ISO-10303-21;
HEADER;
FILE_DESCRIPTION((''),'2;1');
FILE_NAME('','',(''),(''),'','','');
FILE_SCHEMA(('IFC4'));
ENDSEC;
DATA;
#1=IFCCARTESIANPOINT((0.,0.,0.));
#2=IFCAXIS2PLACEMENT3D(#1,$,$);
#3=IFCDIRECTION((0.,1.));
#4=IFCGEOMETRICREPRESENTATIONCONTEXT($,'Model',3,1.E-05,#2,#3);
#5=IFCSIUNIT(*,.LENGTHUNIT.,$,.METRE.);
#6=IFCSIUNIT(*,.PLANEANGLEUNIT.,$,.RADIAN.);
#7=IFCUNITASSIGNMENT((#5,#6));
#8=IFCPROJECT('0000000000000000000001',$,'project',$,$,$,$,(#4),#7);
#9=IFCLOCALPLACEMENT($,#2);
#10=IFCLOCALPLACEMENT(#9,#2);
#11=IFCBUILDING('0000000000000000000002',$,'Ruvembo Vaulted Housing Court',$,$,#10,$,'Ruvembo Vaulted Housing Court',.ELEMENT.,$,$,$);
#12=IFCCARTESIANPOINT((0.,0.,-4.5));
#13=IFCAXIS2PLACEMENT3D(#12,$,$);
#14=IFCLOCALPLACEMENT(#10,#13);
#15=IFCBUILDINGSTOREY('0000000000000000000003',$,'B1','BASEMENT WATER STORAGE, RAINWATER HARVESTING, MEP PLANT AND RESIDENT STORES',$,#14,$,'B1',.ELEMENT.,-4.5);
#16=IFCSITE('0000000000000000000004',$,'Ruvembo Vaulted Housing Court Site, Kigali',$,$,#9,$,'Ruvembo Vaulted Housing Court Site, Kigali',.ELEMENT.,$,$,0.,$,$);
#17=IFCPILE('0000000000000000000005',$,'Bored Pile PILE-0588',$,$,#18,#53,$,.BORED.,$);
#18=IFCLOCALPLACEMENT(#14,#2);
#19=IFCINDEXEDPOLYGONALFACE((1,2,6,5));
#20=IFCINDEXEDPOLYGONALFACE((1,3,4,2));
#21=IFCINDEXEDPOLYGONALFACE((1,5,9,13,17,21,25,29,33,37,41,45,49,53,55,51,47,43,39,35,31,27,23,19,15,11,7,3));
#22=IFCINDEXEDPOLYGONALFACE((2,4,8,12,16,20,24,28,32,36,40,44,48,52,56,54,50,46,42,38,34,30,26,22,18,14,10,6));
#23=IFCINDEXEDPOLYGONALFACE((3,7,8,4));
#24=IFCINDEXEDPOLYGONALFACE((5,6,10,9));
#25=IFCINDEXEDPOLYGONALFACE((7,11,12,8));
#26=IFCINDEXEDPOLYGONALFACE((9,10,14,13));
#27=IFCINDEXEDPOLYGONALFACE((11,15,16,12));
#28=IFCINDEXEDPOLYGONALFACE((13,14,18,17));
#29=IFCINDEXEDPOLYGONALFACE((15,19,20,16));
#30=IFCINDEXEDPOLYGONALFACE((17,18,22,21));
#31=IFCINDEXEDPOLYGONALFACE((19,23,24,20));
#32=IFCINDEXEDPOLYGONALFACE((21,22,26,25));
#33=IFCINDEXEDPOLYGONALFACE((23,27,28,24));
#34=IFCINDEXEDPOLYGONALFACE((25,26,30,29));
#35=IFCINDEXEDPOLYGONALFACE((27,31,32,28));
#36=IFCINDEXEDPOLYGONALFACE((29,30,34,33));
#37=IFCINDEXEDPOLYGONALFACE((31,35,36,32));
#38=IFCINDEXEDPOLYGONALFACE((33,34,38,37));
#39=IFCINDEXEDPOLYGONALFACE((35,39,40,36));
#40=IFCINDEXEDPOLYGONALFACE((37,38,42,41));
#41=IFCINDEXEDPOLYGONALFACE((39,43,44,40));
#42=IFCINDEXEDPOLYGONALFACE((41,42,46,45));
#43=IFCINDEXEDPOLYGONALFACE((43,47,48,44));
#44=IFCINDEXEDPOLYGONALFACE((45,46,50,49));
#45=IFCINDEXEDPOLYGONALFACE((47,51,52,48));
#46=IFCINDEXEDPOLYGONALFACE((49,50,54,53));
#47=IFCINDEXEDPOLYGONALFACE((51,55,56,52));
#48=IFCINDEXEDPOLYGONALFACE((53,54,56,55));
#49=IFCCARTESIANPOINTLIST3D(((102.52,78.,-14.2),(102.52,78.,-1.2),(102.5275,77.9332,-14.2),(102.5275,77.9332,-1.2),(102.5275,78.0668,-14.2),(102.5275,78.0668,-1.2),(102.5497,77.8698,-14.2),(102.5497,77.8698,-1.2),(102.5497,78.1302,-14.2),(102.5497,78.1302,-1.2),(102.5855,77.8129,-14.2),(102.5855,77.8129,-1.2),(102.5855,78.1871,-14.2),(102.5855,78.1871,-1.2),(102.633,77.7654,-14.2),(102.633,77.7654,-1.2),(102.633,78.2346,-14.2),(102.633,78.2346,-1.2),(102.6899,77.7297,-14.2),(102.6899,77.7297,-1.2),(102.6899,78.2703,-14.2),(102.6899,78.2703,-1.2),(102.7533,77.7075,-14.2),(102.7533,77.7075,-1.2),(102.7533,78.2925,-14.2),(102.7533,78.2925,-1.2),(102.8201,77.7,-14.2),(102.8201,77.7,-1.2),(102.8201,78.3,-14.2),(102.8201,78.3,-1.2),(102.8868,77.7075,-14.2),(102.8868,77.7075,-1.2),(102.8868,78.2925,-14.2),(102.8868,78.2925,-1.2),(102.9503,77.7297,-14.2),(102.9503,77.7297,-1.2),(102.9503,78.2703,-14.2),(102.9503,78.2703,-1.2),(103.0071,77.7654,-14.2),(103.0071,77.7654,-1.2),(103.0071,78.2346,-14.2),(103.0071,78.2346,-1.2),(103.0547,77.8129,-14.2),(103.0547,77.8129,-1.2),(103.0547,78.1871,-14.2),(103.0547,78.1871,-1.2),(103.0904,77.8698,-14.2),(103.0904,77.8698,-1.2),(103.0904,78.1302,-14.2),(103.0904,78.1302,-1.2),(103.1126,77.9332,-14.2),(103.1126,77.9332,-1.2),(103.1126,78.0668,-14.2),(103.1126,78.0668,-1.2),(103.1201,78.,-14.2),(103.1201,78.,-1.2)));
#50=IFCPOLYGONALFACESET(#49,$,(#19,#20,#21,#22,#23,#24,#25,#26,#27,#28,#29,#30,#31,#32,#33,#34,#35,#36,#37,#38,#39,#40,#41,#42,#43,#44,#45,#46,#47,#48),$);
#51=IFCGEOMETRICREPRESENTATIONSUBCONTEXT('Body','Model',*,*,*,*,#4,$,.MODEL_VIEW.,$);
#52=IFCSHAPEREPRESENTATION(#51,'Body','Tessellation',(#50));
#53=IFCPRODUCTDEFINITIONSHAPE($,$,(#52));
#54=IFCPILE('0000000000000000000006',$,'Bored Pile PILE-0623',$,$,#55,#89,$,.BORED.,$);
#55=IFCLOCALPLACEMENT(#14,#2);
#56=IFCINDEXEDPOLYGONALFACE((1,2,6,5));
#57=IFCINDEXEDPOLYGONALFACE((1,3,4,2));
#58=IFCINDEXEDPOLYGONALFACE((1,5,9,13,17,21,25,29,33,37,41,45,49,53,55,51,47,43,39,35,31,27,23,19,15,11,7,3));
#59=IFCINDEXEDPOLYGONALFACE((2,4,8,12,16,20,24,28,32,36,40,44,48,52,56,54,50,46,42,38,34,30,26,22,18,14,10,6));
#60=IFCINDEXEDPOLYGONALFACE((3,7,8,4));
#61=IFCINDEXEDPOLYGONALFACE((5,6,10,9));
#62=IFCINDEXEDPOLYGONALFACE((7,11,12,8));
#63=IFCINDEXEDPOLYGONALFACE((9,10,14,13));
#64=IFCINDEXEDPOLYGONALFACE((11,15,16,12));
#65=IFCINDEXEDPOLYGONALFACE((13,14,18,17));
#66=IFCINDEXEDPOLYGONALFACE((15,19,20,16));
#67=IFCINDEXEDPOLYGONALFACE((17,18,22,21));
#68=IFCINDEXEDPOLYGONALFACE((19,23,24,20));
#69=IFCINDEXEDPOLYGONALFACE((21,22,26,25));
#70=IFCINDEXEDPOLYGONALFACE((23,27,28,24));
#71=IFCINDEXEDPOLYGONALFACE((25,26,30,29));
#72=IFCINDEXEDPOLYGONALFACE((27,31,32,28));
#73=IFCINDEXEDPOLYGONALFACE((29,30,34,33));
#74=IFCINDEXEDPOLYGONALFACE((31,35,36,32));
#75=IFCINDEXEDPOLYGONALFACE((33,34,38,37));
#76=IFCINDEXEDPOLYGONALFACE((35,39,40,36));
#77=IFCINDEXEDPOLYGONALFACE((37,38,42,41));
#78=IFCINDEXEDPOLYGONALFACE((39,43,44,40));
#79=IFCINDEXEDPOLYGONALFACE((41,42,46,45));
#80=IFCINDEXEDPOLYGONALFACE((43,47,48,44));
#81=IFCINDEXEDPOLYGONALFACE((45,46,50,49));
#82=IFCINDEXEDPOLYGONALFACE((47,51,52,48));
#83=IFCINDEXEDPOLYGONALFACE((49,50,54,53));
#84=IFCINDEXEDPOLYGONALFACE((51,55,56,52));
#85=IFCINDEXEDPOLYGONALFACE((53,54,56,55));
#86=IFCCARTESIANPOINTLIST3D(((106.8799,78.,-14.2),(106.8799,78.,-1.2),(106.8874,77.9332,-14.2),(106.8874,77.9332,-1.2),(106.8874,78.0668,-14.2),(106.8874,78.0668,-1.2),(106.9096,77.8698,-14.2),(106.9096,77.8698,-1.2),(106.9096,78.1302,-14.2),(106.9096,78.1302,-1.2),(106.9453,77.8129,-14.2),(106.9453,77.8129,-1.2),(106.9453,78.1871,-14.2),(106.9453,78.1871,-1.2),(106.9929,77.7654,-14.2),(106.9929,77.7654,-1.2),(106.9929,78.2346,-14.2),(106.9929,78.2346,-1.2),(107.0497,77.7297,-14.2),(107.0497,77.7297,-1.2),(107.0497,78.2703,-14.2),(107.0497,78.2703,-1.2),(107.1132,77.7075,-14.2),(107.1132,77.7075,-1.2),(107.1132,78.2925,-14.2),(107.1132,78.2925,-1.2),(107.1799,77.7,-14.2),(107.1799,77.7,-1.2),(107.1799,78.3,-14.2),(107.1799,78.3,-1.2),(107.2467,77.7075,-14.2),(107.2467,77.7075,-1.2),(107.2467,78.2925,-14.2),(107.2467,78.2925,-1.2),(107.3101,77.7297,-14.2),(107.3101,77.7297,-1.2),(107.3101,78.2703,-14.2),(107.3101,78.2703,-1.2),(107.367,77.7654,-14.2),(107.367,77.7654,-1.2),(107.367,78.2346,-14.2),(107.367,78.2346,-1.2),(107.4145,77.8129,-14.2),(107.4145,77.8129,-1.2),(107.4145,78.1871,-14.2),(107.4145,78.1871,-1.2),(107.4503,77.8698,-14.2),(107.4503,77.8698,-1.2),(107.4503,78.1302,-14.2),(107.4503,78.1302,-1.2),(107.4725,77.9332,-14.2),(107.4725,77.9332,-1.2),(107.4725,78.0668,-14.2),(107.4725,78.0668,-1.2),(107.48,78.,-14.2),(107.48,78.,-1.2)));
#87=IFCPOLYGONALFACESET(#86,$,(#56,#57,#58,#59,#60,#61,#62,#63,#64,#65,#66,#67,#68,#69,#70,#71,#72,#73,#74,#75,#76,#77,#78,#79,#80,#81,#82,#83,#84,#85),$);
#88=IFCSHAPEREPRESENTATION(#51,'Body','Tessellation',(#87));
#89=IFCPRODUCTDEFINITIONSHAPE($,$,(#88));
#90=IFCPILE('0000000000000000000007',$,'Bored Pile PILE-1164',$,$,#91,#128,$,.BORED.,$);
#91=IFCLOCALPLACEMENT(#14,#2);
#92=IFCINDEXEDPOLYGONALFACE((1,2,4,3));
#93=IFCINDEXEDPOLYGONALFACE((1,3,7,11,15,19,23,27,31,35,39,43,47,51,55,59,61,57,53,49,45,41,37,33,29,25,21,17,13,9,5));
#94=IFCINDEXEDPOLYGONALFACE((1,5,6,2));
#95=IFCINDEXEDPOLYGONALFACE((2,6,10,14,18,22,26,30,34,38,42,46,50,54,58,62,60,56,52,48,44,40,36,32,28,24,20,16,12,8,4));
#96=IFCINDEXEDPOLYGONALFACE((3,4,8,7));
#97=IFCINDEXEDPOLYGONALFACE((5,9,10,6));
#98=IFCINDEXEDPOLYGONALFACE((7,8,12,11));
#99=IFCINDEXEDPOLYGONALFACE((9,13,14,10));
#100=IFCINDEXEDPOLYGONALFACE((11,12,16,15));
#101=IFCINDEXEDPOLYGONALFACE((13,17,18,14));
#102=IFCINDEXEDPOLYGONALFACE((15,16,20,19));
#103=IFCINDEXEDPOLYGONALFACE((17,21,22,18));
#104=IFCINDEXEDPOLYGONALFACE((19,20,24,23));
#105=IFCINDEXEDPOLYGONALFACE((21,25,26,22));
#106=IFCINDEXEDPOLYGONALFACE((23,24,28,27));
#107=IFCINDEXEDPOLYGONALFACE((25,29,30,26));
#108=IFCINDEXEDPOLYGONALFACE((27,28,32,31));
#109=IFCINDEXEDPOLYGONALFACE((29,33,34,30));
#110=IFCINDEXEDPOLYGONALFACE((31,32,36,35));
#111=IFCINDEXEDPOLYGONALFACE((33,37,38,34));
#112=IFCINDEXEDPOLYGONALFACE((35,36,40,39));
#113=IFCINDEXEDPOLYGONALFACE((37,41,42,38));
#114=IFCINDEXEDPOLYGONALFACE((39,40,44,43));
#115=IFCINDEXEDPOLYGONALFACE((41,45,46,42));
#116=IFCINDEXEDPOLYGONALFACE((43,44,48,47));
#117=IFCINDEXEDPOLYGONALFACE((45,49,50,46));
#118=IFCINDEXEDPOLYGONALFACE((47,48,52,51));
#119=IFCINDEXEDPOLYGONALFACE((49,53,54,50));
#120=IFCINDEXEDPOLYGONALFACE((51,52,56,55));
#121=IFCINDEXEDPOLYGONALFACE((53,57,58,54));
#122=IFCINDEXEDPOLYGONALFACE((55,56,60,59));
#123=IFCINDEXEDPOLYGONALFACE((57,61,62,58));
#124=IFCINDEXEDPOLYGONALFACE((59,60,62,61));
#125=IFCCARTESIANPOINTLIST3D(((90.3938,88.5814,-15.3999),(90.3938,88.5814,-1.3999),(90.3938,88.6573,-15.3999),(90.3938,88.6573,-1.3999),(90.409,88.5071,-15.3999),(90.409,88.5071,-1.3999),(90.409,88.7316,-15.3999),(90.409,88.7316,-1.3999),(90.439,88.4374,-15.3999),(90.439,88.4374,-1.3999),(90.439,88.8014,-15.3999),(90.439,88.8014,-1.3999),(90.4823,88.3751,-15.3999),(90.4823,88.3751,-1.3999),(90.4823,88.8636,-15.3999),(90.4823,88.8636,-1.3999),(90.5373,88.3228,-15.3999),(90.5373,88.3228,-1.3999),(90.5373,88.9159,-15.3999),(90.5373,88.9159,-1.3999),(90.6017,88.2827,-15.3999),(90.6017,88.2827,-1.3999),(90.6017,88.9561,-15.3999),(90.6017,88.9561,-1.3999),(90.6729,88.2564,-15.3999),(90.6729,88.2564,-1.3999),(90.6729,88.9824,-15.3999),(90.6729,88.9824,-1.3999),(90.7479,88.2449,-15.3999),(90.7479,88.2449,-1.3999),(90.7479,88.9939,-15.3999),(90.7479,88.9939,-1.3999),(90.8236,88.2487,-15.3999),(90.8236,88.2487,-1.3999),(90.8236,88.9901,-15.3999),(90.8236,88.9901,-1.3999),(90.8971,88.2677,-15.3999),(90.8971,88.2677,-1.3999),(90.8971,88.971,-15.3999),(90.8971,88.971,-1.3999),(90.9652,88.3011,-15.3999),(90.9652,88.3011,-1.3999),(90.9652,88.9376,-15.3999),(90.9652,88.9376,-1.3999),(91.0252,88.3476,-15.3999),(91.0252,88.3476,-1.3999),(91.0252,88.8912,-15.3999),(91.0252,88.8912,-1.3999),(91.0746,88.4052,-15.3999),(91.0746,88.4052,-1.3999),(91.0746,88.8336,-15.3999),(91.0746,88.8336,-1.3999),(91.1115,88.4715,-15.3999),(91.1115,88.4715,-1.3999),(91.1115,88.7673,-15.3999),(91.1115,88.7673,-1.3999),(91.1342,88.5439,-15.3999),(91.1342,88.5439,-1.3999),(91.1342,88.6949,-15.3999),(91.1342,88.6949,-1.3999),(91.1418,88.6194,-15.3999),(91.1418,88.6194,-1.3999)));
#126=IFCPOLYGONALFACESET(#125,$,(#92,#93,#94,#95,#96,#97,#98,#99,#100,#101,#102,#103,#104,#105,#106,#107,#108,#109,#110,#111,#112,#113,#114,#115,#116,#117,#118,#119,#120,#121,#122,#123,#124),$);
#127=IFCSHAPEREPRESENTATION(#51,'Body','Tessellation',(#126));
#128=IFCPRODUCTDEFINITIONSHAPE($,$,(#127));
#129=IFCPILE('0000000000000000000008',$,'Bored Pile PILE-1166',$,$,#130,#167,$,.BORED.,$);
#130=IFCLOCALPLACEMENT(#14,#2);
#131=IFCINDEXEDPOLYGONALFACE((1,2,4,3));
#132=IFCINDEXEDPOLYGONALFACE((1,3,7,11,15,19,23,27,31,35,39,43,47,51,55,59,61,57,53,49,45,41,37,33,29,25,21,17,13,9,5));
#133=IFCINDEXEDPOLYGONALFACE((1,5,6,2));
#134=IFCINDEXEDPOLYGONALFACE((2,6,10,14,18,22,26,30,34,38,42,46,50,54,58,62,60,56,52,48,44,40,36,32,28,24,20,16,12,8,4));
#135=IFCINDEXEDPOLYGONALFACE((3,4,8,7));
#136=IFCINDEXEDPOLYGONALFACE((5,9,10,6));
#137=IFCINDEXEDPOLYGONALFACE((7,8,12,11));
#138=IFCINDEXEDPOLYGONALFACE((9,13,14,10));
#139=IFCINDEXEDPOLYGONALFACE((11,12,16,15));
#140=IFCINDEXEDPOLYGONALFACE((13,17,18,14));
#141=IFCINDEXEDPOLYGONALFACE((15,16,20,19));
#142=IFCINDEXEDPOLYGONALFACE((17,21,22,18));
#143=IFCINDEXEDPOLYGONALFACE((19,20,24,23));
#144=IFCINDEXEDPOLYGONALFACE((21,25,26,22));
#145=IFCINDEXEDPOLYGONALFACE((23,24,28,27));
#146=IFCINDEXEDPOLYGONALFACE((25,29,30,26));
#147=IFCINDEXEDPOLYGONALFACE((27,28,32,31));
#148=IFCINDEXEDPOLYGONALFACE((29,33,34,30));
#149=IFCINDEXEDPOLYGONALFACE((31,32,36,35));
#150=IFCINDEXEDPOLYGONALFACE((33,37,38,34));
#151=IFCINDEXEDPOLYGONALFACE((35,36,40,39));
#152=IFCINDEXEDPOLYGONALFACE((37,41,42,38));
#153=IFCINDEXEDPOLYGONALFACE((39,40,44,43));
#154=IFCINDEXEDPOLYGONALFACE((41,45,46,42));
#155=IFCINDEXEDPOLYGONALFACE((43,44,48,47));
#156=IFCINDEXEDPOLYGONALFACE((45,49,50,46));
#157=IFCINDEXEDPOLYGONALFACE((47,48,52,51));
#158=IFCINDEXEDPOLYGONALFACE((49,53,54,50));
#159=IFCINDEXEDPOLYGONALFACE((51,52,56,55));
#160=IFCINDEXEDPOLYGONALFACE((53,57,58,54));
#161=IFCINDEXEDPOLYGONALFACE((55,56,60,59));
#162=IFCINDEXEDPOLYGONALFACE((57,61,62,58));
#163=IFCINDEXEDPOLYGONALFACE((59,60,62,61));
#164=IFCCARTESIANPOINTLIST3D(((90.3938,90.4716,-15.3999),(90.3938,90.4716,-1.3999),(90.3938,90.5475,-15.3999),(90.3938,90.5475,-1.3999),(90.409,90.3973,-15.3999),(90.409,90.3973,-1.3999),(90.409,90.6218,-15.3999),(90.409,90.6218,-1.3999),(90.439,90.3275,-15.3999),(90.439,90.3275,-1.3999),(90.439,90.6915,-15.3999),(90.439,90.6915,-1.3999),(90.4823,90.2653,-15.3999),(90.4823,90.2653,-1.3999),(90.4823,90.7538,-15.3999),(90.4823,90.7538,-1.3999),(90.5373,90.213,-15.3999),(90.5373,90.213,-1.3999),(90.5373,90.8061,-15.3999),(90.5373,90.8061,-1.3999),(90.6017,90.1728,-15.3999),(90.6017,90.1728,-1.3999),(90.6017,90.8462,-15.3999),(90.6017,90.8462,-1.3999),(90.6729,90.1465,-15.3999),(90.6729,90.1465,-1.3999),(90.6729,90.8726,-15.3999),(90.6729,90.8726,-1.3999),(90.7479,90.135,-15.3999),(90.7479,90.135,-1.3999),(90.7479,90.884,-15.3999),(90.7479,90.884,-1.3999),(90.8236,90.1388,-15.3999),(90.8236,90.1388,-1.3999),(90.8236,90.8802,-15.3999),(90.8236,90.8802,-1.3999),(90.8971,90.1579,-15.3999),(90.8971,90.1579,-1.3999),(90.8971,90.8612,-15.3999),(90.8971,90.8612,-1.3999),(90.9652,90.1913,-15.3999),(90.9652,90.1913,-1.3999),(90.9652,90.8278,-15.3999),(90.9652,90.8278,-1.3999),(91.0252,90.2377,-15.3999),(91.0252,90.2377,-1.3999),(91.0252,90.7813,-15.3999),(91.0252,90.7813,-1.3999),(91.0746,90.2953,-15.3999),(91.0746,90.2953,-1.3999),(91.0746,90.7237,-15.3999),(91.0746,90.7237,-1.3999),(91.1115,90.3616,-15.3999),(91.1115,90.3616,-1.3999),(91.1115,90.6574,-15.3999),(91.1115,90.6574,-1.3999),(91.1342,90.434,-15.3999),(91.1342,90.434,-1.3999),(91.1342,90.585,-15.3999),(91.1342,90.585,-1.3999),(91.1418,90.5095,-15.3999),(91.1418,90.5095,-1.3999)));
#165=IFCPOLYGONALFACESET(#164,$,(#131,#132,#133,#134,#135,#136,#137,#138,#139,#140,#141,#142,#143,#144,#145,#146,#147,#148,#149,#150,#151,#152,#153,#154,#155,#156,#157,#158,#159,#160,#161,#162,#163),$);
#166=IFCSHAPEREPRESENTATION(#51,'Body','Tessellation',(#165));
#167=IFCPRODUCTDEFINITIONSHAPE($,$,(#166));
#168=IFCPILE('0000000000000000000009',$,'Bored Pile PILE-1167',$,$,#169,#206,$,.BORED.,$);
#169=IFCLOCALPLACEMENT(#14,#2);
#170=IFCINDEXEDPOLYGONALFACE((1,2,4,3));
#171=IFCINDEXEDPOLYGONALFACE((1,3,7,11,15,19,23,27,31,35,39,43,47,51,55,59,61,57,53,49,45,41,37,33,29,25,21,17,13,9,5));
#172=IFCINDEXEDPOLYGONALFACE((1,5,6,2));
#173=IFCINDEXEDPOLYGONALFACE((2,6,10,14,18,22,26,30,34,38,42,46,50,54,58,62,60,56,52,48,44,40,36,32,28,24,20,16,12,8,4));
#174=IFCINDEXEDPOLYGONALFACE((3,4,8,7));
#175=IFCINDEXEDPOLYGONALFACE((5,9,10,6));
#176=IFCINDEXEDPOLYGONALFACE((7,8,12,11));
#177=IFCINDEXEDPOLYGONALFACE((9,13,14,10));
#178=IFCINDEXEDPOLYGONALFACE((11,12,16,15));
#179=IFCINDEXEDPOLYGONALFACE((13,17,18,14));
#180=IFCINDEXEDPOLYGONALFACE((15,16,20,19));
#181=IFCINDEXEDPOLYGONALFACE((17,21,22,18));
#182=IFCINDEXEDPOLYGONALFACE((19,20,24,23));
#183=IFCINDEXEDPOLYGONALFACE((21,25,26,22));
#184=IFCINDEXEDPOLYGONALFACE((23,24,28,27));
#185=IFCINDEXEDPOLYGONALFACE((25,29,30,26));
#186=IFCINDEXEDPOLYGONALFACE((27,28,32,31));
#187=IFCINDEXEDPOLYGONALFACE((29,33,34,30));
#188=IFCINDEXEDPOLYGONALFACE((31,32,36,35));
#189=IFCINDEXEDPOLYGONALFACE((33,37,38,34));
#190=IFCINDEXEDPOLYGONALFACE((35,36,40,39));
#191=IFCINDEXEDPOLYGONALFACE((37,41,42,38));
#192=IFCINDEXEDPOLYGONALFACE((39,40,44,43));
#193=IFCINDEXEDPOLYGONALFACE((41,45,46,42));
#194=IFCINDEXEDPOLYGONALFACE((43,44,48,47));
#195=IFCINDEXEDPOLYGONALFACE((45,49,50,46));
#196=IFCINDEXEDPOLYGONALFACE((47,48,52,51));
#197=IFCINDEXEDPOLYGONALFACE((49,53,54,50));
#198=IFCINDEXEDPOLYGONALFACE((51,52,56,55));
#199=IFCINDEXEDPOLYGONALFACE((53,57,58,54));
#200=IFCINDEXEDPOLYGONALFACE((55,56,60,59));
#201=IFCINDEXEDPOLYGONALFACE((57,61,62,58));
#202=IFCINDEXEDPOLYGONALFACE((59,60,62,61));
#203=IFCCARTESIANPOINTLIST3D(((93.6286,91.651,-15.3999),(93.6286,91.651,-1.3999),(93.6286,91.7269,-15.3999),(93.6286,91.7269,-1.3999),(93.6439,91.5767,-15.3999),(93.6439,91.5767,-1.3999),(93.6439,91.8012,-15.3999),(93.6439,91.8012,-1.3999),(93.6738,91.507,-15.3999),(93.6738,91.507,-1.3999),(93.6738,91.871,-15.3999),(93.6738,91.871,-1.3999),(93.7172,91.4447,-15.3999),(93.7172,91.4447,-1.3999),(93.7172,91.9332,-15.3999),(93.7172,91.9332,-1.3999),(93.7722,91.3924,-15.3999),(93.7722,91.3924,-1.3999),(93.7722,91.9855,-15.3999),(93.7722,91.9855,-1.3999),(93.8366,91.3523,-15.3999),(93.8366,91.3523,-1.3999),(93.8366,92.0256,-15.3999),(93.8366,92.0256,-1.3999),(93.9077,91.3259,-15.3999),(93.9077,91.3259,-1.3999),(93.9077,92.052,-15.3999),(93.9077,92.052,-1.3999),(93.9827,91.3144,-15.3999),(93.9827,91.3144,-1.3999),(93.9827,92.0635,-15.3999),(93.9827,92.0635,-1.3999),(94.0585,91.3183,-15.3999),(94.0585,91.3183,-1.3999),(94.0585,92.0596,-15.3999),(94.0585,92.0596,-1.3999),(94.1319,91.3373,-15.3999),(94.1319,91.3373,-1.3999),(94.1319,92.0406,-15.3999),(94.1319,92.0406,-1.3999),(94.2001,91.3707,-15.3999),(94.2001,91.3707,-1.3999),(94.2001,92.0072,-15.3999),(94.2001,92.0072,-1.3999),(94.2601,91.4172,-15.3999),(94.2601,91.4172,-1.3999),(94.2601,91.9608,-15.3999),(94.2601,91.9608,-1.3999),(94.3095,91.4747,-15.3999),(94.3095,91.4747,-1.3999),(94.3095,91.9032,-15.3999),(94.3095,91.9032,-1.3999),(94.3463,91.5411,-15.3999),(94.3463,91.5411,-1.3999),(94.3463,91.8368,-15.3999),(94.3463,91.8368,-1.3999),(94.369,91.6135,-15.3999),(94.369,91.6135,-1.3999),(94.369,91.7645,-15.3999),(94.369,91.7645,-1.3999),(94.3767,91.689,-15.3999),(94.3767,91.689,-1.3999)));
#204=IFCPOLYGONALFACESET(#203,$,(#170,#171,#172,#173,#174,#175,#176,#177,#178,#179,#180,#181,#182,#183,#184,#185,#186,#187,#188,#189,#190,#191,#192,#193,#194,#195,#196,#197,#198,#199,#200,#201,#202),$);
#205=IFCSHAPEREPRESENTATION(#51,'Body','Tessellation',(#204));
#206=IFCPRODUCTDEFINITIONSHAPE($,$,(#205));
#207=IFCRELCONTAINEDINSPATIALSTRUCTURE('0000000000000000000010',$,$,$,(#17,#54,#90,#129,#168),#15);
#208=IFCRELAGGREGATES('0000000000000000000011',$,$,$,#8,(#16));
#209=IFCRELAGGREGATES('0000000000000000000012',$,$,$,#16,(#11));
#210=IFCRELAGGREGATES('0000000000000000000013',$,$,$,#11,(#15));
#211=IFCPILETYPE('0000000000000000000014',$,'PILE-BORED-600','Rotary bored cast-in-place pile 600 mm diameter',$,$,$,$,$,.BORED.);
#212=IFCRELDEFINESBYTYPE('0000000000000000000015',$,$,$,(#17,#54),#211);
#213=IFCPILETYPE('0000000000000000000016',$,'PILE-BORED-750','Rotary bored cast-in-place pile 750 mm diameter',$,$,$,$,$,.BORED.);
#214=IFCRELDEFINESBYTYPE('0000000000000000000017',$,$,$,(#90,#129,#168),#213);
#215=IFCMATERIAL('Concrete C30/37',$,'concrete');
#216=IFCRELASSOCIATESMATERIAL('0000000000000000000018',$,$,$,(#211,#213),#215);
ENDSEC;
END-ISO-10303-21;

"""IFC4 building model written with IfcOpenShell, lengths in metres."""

from ifc_helpers import new_model, si_unit, direction, frame, origin, origin_2d, place, context, subcontext, project, spatial, circle, extrude, material, material_profile, profile_set, type_object, element, save


model = new_model("IFC4")

# Units and contexts
model_context = context("Model", 3, precision=1e-05, world=origin(), true_north=direction((0.0, 1.0)))
body_context = subcontext(model_context, "Body", "Model", "MODEL_VIEW")
ifc_project = project(units=[si_unit("LENGTHUNIT", "METRE"), si_unit("PLANEANGLEUNIT", "RADIAN")], contexts=[model_context])

# Site, building, storey
site_placement = place(None, origin())
site = spatial("IfcSite", under=ifc_project, at=site_placement, Name="Ruvembo Vaulted Housing Court Site, Kigali", LongName="Ruvembo Vaulted Housing Court Site, Kigali", CompositionType="ELEMENT", RefElevation=0.0)
building_placement = place(site_placement, origin())
building = spatial("IfcBuilding", under=site, at=building_placement, Name="Ruvembo Vaulted Housing Court", LongName="Ruvembo Vaulted Housing Court", CompositionType="ELEMENT")
storey_placement = place(building_placement, frame((0.0, 0.0, -4.5)))
storey = spatial("IfcBuildingStorey", under=building, at=storey_placement, Name="B1", Description="BASEMENT WATER STORAGE, RAINWATER HARVESTING, MEP PLANT AND RESIDENT STORES", LongName="B1", CompositionType="ELEMENT", Elevation=-4.5)

# Piles
ifc_material_1 = material(Name="Concrete C30/37", Category="concrete")
ifc_material_profile_1 = material_profile(ifc_material_1, circle(Radius=0.3, at=origin_2d()), Name="PILE D600")
ifc_profile_set_1 = profile_set([ifc_material_profile_1], Name="Concrete C30/37")
pile_type_1 = type_object("IfcPileType", Name="PILE-BORED-600", Description="Rotary bored cast-in-place pile 600 mm diameter", PredefinedType="BORED", material=ifc_profile_set_1)
for number, where, z_axis, x_axis, name in (
    (1, (102.8201, 78.0, -1.2), (0.0, 0.0, -1.0), (1.0, 0.0, 0.0), "Bored Pile PILE-0588"),
    (2, (107.1799, 78.0, -1.2), (0.0, 0.0, -1.0), (1.0, 0.0, 0.0), "Bored Pile PILE-0623"),
):
    element("IfcPile", number, at=place(storey_placement, frame(where, z_axis=z_axis, x_axis=x_axis)), inside=storey, type_object=pile_type_1, Name=name, PredefinedType="BORED", context=body_context, shape_type="SweptSolid", body=[
        extrude(circle(Radius=0.3, at=origin_2d()), origin(), (0.0, 0.0, 1.0), 13.0),
    ])
ifc_material_profile_2 = material_profile(ifc_material_1, circle(Radius=0.375, at=origin_2d()), Name="PILE D750")
ifc_profile_set_2 = profile_set([ifc_material_profile_2], Name="Concrete C30/37")
pile_type_2 = type_object("IfcPileType", Name="PILE-BORED-750", Description="Rotary bored cast-in-place pile 750 mm diameter", PredefinedType="BORED", material=ifc_profile_set_2)
for number, where, z_axis, x_axis, name in (
    (3, (90.7668, 88.6194, -1.3999), (0.0, 0.0, -1.0), (1.0, 0.0, 0.0), "Bored Pile PILE-1164"),
    (4, (90.7668, 90.5095, -1.3999), (0.0, 0.0, -1.0), (1.0, 0.0, 0.0), "Bored Pile PILE-1166"),
    (5, (94.0017, 91.689, -1.3999), (0.0, 0.0, -1.0), (1.0, 0.0, 0.0), "Bored Pile PILE-1167"),
):
    element("IfcPile", number, at=place(storey_placement, frame(where, z_axis=z_axis, x_axis=x_axis)), inside=storey, type_object=pile_type_2, Name=name, PredefinedType="BORED", context=body_context, shape_type="SweptSolid", body=[
        extrude(circle(Radius=0.375, at=origin_2d()), origin(), (0.0, 0.0, 1.0), 14.0),
    ])

save(model, "model.ifc")
